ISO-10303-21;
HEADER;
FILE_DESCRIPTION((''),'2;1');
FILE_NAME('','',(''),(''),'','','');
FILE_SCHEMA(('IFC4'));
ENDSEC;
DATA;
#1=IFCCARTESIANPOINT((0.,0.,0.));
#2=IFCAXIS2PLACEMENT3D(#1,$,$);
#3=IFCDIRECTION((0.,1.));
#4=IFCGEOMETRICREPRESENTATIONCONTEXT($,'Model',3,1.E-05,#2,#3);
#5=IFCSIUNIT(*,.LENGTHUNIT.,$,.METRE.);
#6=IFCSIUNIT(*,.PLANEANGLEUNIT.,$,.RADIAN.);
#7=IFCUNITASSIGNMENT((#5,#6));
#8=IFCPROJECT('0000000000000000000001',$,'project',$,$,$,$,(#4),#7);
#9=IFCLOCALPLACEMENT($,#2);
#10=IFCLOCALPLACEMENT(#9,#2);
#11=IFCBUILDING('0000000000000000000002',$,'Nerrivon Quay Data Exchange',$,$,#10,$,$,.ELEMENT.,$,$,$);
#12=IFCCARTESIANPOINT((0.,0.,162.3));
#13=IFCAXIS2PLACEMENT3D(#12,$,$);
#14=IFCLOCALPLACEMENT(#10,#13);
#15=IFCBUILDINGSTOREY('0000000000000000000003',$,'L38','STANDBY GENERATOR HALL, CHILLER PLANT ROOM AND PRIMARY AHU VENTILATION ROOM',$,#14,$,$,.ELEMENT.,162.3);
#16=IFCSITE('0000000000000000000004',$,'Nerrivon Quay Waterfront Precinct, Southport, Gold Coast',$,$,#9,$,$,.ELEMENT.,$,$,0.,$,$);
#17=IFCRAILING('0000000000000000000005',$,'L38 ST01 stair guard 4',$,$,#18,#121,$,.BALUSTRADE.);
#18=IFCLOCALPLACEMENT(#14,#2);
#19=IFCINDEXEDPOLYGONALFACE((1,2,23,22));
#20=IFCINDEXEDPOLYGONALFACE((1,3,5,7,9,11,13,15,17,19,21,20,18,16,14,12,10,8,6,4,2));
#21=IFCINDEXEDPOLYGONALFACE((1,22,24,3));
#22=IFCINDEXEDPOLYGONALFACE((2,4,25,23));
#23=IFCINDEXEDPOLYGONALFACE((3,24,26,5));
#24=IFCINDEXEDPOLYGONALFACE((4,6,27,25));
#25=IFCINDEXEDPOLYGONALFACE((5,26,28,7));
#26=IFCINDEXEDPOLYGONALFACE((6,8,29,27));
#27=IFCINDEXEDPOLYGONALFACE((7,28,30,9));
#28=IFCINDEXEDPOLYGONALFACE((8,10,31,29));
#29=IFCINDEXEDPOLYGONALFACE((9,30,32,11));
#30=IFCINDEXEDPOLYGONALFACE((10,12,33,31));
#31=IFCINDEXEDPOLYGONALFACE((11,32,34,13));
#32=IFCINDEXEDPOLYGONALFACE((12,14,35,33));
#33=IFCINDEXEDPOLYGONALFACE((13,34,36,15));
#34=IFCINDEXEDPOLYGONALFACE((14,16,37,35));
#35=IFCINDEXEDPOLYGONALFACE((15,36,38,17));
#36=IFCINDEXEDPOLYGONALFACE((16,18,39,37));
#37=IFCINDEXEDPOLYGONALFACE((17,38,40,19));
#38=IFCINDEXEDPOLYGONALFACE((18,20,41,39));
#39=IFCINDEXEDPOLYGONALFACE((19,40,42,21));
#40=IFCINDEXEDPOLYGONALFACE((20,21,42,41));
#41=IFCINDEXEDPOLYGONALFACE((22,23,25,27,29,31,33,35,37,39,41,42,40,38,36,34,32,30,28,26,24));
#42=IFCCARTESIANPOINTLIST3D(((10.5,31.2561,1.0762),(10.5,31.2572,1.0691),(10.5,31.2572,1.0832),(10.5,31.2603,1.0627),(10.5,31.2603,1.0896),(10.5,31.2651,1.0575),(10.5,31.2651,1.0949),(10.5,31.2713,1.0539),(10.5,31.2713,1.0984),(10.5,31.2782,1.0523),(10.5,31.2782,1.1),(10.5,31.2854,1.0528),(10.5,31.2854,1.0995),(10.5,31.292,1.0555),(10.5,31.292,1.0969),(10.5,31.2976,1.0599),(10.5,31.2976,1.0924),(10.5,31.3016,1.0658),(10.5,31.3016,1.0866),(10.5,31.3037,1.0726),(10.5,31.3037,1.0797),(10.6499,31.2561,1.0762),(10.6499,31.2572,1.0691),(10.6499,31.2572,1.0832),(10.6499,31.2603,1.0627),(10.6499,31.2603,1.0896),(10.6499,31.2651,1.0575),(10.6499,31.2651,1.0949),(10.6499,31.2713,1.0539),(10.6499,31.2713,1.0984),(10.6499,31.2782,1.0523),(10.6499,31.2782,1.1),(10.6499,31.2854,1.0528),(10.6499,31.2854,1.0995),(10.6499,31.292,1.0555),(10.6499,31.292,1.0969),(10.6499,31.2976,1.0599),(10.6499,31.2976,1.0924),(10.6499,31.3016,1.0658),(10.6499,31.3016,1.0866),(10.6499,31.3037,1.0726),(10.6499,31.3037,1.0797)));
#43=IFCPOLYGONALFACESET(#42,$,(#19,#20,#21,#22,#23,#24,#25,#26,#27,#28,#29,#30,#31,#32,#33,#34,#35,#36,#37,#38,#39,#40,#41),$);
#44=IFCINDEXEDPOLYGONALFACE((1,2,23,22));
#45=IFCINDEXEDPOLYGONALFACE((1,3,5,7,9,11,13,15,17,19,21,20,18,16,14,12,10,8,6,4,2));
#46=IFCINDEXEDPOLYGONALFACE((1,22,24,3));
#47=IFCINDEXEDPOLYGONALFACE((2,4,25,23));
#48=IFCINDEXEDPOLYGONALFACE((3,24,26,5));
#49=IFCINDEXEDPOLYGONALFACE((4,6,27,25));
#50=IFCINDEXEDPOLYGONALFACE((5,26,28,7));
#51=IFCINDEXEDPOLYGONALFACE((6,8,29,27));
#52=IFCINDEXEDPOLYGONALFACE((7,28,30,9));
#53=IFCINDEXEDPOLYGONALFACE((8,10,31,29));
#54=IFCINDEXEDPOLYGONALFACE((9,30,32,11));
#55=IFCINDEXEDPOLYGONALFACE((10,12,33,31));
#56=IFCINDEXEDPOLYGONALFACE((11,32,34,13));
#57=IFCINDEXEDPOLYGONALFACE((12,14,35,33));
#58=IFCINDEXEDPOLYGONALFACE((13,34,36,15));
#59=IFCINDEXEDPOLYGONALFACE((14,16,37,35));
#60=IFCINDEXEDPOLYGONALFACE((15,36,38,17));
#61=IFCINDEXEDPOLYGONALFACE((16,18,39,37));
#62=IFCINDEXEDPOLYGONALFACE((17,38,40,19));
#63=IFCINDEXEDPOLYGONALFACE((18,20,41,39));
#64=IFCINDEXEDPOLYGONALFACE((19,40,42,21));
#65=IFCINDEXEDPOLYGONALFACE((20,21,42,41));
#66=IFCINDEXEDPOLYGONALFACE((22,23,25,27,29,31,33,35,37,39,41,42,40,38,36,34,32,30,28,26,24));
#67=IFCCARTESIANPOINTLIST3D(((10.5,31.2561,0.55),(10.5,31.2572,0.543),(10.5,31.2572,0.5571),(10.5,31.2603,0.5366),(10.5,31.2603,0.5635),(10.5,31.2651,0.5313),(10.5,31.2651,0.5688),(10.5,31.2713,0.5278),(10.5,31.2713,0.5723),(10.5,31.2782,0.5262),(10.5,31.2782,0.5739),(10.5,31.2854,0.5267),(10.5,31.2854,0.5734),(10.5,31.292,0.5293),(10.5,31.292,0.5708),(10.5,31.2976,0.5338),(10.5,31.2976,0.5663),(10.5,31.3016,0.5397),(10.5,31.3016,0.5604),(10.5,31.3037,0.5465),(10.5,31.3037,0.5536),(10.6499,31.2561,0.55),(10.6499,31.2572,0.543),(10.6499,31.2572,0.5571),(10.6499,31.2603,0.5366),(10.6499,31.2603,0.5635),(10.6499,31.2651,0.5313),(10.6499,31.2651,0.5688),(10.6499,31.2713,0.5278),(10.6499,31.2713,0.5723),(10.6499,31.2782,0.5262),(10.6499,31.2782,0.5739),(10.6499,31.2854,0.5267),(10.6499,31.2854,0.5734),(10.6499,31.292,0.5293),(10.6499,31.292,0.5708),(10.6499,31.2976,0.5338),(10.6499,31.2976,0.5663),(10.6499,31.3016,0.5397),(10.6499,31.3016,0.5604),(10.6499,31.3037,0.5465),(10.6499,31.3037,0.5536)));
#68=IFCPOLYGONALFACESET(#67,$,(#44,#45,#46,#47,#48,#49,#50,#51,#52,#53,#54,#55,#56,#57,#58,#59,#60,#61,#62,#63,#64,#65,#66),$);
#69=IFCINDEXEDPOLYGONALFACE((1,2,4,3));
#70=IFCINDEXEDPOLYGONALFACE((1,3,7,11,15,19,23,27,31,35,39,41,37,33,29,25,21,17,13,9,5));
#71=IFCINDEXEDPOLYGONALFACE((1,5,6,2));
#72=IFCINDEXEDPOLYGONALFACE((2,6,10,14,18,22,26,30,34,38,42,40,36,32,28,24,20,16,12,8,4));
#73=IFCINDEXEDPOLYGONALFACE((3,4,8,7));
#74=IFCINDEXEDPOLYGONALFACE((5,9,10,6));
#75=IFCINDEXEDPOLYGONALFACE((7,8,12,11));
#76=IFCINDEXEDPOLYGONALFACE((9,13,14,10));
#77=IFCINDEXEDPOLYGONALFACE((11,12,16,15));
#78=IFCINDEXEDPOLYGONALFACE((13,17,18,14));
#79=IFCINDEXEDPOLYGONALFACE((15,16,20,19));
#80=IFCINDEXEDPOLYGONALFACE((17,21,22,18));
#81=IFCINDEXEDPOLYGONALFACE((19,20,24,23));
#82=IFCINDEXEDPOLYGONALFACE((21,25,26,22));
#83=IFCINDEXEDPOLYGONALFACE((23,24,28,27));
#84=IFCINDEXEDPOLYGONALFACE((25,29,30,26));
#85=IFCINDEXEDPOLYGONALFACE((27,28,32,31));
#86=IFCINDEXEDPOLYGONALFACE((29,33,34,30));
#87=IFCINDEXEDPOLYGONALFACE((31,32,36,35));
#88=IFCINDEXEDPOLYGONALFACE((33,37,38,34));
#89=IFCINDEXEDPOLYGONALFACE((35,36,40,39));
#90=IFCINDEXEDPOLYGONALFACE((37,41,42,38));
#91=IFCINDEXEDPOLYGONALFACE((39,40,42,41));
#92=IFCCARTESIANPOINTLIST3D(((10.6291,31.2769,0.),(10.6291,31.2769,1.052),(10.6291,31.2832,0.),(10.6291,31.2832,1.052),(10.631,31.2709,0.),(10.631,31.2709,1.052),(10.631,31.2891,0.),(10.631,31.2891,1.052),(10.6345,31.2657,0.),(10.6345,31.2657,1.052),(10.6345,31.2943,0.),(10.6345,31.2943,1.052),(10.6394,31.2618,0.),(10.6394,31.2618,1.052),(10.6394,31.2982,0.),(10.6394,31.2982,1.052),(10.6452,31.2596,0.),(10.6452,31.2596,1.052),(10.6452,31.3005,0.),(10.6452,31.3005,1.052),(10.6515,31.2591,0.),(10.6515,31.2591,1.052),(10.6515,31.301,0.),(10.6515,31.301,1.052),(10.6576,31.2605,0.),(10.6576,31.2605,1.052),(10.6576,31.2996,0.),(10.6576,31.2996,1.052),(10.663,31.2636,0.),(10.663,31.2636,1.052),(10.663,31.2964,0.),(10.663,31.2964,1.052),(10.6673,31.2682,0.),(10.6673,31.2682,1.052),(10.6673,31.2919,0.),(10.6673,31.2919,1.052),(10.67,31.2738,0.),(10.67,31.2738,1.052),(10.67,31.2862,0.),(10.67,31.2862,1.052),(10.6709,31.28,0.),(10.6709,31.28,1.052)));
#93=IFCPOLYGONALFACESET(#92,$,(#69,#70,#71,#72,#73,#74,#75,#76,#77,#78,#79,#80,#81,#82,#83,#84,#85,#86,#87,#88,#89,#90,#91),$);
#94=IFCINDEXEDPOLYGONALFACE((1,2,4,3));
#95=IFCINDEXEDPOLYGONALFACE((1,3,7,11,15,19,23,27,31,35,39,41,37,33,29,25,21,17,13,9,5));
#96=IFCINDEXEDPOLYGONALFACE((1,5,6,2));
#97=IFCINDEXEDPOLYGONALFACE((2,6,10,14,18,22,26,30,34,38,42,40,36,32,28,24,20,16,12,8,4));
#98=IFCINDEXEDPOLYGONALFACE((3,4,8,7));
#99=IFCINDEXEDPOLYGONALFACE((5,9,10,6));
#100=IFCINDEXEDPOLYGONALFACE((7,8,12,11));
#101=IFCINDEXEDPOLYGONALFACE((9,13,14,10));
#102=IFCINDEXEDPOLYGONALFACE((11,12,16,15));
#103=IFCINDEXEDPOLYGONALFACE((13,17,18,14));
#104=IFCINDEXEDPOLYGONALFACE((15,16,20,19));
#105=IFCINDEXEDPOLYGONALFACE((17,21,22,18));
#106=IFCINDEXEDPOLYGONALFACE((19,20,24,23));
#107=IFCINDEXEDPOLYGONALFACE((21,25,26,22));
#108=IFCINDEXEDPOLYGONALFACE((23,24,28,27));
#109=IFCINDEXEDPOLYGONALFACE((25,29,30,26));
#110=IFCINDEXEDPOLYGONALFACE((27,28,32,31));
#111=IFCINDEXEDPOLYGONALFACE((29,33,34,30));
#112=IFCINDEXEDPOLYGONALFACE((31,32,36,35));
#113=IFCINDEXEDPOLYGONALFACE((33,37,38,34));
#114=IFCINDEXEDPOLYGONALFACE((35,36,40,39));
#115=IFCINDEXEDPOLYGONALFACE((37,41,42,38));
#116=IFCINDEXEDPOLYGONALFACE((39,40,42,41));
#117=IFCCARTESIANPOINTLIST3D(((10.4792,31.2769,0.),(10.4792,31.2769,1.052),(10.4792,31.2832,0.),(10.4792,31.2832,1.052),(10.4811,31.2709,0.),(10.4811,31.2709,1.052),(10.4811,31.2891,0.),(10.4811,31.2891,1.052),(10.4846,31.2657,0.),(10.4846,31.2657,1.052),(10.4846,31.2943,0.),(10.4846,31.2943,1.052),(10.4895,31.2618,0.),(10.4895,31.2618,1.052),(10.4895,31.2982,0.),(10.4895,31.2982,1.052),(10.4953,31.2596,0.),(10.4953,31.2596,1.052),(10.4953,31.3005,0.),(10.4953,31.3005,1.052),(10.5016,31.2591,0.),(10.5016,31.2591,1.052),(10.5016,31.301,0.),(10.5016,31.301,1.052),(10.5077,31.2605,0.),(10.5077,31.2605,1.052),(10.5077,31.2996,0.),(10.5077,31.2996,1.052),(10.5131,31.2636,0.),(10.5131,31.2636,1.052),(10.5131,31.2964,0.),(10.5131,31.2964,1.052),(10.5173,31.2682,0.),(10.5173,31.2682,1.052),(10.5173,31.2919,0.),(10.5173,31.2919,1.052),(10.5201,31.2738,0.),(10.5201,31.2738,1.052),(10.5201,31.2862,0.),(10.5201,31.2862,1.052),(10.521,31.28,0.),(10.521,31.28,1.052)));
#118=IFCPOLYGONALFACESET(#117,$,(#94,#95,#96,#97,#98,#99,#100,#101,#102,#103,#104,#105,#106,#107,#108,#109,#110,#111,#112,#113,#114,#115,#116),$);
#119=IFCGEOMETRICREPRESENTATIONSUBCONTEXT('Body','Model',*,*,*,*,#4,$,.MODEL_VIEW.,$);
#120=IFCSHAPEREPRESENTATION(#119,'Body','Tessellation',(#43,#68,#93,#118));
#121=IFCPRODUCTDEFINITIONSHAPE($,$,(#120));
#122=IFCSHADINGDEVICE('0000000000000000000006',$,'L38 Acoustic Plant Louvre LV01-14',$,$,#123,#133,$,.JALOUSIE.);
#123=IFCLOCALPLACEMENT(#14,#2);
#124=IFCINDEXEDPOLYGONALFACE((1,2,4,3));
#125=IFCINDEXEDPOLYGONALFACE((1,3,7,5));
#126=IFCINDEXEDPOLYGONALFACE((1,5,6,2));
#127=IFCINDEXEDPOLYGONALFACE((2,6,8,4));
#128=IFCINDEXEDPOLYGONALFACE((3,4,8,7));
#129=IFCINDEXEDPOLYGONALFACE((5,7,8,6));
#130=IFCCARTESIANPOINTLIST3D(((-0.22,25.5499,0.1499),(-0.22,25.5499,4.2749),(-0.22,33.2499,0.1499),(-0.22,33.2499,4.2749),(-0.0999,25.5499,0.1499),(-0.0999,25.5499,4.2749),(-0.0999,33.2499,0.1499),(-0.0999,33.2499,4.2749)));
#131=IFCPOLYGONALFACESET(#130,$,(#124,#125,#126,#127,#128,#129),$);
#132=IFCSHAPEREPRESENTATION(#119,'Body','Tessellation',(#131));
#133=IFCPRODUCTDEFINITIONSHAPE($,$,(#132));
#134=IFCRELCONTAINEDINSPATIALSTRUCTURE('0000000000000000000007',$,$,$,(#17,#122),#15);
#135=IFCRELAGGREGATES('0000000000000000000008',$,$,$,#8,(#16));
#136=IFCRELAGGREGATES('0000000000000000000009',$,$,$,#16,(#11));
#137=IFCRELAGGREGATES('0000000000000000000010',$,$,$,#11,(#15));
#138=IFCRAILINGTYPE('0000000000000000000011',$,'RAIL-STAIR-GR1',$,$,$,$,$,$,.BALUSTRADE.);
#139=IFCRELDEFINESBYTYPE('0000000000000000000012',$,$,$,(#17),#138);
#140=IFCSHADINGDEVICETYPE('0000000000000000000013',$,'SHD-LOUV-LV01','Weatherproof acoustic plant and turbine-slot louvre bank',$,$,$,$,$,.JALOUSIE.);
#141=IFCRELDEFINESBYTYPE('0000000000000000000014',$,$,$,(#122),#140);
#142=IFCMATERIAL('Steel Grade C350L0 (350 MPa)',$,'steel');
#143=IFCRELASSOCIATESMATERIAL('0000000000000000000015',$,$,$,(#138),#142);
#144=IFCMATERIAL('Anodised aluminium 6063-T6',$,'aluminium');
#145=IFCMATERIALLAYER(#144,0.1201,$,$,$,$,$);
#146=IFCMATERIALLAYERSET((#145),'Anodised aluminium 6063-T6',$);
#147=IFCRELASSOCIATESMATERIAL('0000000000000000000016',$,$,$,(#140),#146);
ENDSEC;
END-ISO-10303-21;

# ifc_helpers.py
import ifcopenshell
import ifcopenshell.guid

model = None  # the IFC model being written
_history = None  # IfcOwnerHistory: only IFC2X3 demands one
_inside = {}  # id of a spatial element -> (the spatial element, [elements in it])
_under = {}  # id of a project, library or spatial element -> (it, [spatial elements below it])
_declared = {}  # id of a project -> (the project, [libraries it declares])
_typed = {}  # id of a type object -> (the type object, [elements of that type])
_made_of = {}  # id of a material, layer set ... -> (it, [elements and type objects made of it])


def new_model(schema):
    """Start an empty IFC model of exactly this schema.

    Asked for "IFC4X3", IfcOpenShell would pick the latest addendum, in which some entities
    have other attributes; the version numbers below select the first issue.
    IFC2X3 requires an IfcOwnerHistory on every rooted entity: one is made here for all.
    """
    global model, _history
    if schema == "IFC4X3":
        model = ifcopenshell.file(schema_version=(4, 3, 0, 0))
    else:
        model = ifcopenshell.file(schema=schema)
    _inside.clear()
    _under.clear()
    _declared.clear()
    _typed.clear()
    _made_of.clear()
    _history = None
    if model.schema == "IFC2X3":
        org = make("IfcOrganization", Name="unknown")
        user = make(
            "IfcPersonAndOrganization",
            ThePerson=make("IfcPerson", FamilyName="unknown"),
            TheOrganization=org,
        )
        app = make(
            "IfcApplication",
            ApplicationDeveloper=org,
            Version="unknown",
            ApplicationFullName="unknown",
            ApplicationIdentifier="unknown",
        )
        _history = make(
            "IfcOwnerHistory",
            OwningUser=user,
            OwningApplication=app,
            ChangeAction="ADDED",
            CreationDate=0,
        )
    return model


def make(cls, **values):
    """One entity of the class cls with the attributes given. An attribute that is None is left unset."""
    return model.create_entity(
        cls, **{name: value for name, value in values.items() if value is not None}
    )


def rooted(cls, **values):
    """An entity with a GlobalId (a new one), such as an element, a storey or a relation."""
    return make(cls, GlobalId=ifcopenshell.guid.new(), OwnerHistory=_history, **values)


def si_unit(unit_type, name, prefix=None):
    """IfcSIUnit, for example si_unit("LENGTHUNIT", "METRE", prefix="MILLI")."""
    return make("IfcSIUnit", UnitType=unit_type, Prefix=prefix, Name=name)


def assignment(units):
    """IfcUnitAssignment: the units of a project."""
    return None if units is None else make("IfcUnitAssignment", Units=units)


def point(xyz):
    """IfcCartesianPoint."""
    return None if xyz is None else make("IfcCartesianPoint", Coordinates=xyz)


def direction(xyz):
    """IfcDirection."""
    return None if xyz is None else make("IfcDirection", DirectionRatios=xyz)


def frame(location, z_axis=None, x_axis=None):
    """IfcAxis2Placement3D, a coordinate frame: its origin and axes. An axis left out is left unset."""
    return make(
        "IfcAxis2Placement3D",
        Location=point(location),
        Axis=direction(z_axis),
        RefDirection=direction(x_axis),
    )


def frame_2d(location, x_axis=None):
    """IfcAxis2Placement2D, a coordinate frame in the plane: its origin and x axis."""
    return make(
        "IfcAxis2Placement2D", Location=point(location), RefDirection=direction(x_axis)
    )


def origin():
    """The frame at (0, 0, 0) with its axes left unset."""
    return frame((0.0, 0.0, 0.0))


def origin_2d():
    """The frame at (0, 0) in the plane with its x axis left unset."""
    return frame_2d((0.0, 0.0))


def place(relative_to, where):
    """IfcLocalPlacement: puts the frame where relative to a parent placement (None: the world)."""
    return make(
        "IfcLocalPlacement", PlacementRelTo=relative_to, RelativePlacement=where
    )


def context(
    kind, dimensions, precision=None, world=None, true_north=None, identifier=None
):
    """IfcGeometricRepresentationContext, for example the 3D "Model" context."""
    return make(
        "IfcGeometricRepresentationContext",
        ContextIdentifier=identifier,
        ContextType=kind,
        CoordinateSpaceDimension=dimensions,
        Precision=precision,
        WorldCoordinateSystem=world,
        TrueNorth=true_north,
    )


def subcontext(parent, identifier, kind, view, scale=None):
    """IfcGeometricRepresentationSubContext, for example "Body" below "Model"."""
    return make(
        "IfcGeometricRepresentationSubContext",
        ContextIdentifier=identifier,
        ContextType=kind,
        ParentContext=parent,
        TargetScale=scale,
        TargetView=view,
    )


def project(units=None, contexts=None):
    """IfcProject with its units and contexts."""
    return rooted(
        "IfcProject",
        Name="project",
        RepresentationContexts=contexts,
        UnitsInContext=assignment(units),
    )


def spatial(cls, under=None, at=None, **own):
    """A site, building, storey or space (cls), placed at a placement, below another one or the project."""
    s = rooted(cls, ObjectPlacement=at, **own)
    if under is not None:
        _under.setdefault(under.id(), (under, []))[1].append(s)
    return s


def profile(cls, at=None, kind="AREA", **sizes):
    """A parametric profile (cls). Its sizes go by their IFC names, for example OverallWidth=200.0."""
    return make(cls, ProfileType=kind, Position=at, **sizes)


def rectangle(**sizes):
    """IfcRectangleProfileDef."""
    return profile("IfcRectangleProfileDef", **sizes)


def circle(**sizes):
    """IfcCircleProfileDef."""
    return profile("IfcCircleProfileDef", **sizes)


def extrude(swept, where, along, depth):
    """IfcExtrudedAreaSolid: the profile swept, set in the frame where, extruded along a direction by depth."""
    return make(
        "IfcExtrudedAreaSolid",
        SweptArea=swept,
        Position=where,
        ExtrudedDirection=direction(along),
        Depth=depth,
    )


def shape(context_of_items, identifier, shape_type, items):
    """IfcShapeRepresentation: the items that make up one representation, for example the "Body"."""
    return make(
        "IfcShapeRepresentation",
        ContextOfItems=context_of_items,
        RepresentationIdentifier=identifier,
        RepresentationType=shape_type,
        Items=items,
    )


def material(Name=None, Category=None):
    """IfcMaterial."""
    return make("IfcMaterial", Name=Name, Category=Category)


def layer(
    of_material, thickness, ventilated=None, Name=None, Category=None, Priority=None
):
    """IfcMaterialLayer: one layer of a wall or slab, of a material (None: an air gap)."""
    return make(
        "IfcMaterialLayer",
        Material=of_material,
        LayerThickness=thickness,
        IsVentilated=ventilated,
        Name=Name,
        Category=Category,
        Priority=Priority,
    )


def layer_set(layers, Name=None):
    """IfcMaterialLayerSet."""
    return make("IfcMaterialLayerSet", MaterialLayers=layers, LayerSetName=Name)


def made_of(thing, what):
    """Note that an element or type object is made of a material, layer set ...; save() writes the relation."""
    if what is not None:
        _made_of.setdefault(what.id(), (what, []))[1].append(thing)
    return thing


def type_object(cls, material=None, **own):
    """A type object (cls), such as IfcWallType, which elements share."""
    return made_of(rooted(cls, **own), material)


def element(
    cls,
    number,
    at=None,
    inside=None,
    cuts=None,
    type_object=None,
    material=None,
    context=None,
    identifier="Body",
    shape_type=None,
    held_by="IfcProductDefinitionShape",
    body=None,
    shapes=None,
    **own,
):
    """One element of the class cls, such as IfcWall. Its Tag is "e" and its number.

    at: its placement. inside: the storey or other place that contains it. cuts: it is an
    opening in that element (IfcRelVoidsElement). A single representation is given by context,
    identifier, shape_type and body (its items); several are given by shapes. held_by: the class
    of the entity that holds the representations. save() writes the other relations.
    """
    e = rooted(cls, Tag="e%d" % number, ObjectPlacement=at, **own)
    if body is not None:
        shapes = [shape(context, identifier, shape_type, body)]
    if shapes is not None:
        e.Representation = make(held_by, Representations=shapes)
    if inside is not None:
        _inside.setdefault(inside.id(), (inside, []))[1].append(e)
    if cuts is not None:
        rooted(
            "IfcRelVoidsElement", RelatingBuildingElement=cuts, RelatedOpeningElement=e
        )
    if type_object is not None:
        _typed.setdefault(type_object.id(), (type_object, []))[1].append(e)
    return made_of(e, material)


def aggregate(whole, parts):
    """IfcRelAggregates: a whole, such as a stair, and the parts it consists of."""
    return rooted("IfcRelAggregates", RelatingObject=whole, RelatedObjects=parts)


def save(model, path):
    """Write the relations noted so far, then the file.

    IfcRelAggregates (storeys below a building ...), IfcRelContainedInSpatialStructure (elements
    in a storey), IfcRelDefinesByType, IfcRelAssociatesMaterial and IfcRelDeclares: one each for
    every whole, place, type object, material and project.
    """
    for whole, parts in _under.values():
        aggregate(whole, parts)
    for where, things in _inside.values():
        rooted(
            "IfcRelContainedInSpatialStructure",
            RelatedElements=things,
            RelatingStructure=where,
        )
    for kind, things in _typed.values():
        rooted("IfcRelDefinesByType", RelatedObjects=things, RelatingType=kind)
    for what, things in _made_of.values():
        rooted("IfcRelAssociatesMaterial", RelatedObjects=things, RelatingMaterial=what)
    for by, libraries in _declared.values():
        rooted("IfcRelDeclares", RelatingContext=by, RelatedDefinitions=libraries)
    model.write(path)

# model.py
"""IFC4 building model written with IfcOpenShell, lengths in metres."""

from ifc_helpers import new_model, si_unit, direction, frame, origin, origin_2d, place, context, subcontext, project, spatial, rectangle, circle, extrude, material, layer, layer_set, type_object, element, save


model = new_model("IFC4")

# Units and contexts
model_context = context("Model", 3, precision=1e-05, world=origin(), true_north=direction((0.0, 1.0)))
body_context = subcontext(model_context, "Body", "Model", "MODEL_VIEW")
ifc_project = project(units=[si_unit("LENGTHUNIT", "METRE"), si_unit("PLANEANGLEUNIT", "RADIAN")], contexts=[model_context])

# Site, building, storey
site_placement = place(None, origin())
site = spatial("IfcSite", under=ifc_project, at=site_placement, Name="Nerrivon Quay Waterfront Precinct, Southport, Gold Coast", CompositionType="ELEMENT", RefElevation=0.0)
building_placement = place(site_placement, origin())
building = spatial("IfcBuilding", under=site, at=building_placement, Name="Nerrivon Quay Data Exchange", CompositionType="ELEMENT")
storey_placement = place(building_placement, frame((0.0, 0.0, 162.3)))
storey = spatial("IfcBuildingStorey", under=building, at=storey_placement, Name="L38", Description="STANDBY GENERATOR HALL, CHILLER PLANT ROOM AND PRIMARY AHU VENTILATION ROOM", CompositionType="ELEMENT", Elevation=162.3)

# Shared definitions
ifc_material_1 = material(Name="Steel Grade C350L0 (350 MPa)", Category="steel")

# Railing
railing_type_1 = type_object("IfcRailingType", Name="RAIL-STAIR-GR1", PredefinedType="BALUSTRADE", material=ifc_material_1)
railing_1_placement = place(storey_placement, frame((10.6499, 31.28, 0.0)))
element("IfcRailing", 1, at=railing_1_placement, inside=storey, type_object=railing_type_1, Name="L38 ST01 stair guard 4", PredefinedType="BALUSTRADE", context=body_context, shape_type="SweptSolid", body=[
    extrude(circle(Radius=0.0239, at=origin_2d()), frame((0.0, 0.0, 1.0762), z_axis=(-1.0, 0.0, 0.0), x_axis=(0.0, -1.0, 0.0)), (0.0, 0.0, 1.0), 0.1499),
    extrude(circle(Radius=0.0239, at=origin_2d()), frame((0.0, 0.0, 0.55), z_axis=(-1.0, 0.0, 0.0), x_axis=(0.0, -1.0, 0.0)), (0.0, 0.0, 1.0), 0.1499),
    extrude(circle(Radius=0.021, at=origin_2d()), origin(), (0.0, 0.0, 1.0), 1.052),
    extrude(circle(Radius=0.021, at=origin_2d()), frame((-0.1499, 0.0, 0.0)), (0.0, 0.0, 1.0), 1.052),
])

# Shading device
ifc_material_2 = material(Name="Anodised aluminium 6063-T6", Category="aluminium")
ifc_layer_1 = layer(ifc_material_2, 0.1201)
ifc_layer_set_1 = layer_set([ifc_layer_1], Name="Anodised aluminium 6063-T6")
shading_device_type = type_object("IfcShadingDeviceType", Name="SHD-LOUV-LV01", Description="Weatherproof acoustic plant and turbine-slot louvre bank", PredefinedType="JALOUSIE", material=ifc_layer_set_1)
shading_device_placement = place(storey_placement, frame((-0.1599, 29.3999, 0.1499), z_axis=(0.0, 0.0, 1.0), x_axis=(0.0, 1.0, 0.0)))
element("IfcShadingDevice", 2, at=shading_device_placement, inside=storey, type_object=shading_device_type, Name="L38 Acoustic Plant Louvre LV01-14", PredefinedType="JALOUSIE", context=body_context, shape_type="SweptSolid", body=[
    extrude(rectangle(XDim=7.7, YDim=0.1201, at=origin_2d()), origin(), (0.0, 0.0, 1.0), 4.125),
])

save(model, "model.ifc")
